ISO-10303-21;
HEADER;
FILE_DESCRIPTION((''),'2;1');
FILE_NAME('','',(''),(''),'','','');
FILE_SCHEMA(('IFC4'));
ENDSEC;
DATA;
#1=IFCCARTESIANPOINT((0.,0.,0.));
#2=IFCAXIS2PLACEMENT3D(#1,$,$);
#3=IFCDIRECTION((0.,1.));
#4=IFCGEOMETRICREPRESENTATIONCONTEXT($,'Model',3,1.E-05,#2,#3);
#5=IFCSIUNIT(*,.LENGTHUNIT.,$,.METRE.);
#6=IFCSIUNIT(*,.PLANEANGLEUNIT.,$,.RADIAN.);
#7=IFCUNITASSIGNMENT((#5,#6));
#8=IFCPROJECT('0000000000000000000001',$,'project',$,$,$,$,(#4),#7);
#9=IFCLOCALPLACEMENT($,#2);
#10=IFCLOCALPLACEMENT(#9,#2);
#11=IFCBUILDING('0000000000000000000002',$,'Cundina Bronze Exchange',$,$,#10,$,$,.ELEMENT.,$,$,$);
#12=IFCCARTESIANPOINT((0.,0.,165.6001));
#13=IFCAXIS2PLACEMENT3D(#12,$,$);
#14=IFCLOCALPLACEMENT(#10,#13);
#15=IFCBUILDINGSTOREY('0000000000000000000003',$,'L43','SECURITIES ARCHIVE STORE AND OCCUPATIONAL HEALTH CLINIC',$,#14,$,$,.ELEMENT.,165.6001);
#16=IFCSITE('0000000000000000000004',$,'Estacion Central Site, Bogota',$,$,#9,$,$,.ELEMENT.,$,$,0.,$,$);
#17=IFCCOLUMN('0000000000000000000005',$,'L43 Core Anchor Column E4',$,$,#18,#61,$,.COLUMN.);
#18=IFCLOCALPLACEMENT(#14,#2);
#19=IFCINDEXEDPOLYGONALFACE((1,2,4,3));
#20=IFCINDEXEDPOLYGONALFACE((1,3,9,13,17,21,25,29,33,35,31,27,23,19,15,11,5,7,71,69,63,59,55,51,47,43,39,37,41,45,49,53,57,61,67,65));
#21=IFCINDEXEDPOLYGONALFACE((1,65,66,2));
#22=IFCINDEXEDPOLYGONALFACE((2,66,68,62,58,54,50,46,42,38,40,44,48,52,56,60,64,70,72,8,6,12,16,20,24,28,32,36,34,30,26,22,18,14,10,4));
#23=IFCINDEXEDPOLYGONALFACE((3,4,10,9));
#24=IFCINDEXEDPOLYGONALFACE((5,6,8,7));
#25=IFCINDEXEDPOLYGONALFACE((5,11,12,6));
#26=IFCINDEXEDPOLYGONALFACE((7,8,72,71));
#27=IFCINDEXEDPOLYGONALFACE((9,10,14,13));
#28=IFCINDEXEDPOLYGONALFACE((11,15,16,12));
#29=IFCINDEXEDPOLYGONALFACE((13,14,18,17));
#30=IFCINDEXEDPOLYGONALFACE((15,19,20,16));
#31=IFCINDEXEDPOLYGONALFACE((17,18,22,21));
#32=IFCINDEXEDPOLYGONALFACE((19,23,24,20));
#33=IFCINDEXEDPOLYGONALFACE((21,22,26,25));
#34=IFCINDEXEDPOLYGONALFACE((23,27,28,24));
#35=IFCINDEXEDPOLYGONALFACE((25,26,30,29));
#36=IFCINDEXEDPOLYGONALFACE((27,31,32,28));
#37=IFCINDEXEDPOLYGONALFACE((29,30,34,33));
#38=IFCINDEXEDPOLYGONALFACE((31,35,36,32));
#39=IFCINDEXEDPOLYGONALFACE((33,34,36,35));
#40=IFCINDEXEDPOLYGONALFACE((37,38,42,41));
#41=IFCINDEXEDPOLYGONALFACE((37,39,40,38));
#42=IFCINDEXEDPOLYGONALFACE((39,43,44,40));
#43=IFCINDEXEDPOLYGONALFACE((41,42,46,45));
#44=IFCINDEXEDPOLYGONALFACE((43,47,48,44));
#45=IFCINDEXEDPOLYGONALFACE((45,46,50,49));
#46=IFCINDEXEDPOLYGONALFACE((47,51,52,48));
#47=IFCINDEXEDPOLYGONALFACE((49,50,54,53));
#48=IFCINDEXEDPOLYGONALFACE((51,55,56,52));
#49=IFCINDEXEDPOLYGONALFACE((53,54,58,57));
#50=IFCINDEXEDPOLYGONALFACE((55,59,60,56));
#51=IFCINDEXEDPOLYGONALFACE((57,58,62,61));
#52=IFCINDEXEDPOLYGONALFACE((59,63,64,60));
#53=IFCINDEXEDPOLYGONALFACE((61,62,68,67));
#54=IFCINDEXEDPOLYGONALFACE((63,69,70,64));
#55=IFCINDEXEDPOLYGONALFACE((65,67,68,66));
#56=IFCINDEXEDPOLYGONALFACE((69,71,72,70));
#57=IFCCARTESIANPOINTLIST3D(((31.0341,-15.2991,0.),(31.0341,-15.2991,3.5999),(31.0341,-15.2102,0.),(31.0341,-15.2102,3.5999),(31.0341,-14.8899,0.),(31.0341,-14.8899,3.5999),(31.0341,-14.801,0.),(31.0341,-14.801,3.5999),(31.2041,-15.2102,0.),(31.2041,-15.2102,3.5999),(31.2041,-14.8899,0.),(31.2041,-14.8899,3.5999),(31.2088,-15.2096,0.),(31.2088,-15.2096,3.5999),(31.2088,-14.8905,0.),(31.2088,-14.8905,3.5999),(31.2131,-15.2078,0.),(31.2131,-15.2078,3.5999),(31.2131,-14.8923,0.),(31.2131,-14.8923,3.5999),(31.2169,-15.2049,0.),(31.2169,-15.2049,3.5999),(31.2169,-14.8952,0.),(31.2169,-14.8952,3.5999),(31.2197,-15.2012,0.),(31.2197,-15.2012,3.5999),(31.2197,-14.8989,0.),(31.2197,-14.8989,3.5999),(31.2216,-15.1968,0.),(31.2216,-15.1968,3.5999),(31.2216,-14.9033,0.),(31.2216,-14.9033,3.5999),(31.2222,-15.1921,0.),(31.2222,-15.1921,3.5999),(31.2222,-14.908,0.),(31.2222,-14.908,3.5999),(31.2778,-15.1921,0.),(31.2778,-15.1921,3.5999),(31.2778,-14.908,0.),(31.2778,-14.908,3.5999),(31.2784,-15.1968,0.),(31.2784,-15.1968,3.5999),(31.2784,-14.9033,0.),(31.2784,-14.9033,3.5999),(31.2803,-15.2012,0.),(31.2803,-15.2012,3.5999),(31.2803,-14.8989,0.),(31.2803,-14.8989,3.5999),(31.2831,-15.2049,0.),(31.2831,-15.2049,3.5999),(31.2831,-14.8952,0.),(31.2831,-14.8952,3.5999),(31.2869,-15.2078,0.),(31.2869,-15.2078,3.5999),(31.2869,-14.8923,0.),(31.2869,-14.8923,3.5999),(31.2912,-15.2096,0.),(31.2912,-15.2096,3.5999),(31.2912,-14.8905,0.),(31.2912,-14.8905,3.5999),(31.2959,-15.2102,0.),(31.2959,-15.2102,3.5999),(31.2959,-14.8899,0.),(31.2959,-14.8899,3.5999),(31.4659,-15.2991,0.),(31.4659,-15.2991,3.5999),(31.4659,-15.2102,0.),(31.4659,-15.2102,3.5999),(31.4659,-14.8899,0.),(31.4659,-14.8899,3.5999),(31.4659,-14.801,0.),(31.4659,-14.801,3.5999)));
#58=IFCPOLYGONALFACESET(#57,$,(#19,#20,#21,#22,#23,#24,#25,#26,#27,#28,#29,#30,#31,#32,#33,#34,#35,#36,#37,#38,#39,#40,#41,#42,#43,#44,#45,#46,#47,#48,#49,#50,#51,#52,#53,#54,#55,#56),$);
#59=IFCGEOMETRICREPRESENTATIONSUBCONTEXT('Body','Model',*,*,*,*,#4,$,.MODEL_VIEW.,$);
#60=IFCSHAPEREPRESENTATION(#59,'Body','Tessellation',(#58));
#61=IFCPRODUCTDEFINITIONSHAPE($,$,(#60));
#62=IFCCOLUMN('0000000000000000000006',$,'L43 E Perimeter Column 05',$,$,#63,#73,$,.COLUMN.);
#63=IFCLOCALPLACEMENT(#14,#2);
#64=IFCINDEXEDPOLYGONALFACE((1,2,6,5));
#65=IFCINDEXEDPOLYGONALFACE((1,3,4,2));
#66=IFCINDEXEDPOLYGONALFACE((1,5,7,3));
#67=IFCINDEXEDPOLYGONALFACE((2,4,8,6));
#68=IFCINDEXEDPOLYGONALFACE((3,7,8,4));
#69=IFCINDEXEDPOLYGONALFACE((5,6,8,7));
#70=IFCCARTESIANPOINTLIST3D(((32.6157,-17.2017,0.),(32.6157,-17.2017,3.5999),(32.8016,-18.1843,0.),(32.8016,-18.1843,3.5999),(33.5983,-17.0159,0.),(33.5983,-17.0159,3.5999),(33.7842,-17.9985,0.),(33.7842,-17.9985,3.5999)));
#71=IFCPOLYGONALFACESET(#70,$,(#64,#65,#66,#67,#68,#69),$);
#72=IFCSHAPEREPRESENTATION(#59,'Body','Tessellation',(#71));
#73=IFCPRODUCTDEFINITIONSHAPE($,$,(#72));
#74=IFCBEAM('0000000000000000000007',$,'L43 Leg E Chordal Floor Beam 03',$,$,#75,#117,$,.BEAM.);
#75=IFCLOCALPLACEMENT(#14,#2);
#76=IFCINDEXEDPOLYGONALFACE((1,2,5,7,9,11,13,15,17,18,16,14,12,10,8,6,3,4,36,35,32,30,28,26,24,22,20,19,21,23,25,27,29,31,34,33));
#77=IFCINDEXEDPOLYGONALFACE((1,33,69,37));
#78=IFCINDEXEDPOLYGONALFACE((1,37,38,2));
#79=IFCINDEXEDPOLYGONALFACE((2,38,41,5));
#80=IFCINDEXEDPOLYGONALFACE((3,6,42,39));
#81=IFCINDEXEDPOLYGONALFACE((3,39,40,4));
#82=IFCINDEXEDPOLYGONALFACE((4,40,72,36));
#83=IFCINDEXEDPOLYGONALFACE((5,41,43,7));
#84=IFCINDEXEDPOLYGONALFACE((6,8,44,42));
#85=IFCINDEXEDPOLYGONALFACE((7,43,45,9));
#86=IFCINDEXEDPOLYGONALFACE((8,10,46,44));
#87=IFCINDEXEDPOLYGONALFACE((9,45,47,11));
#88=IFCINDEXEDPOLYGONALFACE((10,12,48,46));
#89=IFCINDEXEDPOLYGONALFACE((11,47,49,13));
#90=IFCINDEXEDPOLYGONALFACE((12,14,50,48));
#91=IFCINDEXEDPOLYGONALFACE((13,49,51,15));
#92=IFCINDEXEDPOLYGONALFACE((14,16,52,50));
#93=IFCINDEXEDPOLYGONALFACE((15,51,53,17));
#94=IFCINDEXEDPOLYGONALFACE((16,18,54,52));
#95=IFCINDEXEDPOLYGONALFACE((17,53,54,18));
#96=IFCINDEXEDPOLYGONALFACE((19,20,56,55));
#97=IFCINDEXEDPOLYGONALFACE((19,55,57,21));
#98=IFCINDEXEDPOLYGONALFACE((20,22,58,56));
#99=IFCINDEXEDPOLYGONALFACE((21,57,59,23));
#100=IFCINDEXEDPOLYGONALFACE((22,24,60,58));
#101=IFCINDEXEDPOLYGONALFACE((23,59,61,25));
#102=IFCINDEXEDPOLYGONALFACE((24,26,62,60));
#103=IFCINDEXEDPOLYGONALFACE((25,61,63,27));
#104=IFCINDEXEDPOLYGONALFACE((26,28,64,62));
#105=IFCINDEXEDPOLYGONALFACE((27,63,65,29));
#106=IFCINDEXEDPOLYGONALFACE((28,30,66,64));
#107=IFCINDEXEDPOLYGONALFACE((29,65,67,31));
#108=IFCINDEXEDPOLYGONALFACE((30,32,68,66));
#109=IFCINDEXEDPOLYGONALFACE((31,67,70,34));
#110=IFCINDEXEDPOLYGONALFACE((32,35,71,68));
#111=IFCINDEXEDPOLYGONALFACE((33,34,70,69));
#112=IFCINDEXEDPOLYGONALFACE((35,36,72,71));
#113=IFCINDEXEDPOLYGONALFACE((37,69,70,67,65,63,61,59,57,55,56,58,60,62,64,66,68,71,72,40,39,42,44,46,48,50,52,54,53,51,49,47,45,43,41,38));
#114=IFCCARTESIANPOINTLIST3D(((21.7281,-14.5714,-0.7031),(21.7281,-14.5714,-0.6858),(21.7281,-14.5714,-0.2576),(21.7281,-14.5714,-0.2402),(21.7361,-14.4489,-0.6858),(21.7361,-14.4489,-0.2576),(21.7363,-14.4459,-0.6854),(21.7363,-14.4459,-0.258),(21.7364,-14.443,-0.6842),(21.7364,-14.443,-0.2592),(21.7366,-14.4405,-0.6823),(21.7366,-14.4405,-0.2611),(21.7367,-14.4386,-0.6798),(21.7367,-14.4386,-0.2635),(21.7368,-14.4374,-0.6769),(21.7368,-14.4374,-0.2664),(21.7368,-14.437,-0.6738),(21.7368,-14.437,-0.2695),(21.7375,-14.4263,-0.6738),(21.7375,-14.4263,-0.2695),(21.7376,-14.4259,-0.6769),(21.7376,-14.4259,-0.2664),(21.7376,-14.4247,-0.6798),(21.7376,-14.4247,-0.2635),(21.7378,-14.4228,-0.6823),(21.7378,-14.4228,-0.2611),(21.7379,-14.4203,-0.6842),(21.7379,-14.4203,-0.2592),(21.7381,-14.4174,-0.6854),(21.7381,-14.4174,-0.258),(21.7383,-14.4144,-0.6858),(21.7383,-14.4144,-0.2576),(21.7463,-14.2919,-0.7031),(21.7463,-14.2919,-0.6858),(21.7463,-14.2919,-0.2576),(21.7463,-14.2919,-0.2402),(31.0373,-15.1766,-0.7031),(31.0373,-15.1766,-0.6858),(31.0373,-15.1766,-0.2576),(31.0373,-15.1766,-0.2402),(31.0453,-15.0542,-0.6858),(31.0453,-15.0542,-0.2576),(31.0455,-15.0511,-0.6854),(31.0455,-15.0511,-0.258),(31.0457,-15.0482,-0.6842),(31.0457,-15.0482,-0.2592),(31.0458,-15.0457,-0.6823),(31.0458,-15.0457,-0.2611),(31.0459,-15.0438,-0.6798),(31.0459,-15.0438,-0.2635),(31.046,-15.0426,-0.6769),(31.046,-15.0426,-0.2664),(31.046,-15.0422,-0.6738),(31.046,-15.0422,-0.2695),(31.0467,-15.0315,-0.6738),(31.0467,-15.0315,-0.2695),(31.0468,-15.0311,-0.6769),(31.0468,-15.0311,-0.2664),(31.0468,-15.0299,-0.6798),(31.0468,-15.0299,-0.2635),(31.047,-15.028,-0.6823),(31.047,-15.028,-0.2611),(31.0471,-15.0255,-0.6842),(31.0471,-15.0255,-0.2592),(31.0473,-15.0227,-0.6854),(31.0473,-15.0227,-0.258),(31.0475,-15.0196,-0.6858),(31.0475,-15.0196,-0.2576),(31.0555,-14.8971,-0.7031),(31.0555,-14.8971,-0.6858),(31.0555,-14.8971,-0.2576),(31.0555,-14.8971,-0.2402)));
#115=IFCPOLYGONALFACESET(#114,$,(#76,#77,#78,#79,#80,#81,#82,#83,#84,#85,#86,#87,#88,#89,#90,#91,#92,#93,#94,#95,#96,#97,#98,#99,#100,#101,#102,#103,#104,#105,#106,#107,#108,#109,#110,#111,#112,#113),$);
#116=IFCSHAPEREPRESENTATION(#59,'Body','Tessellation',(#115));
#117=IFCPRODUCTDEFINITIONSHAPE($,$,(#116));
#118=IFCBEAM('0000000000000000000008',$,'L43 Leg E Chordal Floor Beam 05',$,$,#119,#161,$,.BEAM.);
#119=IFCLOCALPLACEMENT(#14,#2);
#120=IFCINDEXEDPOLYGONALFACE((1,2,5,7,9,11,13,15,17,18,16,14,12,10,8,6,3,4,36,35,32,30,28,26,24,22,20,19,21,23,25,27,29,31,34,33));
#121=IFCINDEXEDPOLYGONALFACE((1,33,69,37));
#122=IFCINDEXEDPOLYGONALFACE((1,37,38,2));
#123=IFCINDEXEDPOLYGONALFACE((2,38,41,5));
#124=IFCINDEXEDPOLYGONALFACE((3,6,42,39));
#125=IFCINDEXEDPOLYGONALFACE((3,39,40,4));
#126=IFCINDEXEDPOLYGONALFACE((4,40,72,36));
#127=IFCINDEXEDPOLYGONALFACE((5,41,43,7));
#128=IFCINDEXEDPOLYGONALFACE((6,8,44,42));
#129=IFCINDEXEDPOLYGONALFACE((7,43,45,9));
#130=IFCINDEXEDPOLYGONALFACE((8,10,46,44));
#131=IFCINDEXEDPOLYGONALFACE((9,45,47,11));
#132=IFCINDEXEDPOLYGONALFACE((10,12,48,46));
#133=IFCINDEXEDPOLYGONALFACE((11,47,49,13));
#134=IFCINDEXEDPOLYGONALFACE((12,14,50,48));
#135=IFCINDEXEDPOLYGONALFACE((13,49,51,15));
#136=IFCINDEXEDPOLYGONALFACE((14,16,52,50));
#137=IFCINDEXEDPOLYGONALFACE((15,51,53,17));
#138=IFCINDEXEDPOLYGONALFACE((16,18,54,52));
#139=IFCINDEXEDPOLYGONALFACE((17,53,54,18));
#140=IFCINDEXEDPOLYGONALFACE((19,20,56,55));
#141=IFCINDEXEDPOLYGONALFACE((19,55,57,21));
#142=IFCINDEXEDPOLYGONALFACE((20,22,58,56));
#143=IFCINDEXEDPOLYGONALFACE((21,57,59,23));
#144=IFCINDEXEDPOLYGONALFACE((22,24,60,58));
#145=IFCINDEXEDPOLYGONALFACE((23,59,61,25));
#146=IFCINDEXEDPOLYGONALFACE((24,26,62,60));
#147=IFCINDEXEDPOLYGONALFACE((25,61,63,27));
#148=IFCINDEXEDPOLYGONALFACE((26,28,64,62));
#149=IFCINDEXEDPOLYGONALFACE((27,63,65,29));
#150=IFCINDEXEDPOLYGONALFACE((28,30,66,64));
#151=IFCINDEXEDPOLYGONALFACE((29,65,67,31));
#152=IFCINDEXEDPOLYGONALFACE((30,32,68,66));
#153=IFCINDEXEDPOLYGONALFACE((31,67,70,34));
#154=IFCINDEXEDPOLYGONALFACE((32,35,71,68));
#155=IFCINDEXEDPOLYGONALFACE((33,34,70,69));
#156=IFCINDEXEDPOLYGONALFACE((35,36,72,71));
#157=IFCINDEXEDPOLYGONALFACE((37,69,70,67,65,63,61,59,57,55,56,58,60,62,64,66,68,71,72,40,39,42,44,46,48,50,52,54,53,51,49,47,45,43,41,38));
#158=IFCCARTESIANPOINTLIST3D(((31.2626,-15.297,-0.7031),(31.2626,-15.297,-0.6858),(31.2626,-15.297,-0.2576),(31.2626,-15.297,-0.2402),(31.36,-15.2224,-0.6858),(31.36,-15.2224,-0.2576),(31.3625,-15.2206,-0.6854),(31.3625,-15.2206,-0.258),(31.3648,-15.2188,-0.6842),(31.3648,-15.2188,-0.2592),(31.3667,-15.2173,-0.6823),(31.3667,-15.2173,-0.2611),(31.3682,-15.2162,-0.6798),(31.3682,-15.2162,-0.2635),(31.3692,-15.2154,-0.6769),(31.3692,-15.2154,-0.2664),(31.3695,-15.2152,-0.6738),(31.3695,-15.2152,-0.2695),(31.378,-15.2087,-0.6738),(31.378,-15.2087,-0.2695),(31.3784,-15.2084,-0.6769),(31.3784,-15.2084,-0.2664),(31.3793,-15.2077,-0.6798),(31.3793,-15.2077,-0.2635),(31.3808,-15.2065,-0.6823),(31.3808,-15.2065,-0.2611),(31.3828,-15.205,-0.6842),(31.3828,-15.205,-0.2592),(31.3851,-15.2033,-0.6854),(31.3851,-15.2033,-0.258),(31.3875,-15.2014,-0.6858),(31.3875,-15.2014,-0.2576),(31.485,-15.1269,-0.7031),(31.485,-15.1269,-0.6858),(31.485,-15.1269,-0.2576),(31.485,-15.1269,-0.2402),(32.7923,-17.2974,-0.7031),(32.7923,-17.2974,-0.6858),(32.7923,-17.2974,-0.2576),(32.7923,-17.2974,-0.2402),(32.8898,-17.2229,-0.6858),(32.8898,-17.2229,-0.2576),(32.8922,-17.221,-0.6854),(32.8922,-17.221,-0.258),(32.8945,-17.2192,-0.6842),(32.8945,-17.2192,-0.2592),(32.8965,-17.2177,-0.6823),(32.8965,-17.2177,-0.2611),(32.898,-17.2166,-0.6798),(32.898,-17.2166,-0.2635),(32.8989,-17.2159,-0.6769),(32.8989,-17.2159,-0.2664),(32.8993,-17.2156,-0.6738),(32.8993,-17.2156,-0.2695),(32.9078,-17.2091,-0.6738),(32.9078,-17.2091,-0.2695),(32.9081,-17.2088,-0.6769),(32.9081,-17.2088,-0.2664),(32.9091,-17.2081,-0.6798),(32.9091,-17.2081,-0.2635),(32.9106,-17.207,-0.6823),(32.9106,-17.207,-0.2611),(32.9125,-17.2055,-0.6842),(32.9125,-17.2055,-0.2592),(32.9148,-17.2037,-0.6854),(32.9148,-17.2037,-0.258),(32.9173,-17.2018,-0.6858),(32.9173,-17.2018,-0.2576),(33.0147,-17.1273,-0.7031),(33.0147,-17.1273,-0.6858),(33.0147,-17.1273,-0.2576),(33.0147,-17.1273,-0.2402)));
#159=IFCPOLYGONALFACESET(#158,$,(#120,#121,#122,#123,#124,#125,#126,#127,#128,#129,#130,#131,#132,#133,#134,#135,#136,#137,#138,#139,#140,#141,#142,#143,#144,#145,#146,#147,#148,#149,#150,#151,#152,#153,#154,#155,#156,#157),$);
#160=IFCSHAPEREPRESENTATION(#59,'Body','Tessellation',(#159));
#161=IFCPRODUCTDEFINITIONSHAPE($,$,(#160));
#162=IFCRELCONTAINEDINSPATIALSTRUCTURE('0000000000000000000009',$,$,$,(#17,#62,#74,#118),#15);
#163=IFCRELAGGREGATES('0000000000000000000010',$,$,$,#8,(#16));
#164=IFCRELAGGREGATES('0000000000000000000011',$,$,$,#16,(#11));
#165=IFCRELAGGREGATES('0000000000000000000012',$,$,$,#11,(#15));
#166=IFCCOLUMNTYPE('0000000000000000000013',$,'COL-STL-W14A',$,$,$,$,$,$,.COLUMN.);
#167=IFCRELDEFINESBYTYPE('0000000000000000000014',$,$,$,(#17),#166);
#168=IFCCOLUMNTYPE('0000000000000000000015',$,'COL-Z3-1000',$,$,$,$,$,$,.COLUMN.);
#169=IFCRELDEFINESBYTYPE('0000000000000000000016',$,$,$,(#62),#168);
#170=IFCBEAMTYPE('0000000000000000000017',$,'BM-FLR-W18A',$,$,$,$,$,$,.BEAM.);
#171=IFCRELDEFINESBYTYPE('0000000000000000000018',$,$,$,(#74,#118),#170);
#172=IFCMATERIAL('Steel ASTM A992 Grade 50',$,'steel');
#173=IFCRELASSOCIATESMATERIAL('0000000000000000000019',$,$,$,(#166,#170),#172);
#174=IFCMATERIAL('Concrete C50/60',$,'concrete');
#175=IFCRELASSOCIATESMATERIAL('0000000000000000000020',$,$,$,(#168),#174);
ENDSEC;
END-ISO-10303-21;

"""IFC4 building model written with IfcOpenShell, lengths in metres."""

from ifc_helpers import new_model, si_unit, direction, frame, origin, origin_2d, place, context, subcontext, project, spatial, rectangle, i_section, extrude, material, material_profile, profile_set, type_object, element, save


model = new_model("IFC4")

# Units and contexts
model_context = context("Model", 3, precision=1e-05, world=origin(), true_north=direction((0.0, 1.0)))
body_context = subcontext(model_context, "Body", "Model", "MODEL_VIEW")
ifc_project = project(units=[si_unit("LENGTHUNIT", "METRE"), si_unit("PLANEANGLEUNIT", "RADIAN")], contexts=[model_context])

# Site, building, storey
site_placement = place(None, origin())
site = spatial("IfcSite", under=ifc_project, at=site_placement, Name="Estacion Central Site, Bogota", CompositionType="ELEMENT", RefElevation=0.0)
building_placement = place(site_placement, origin())
building = spatial("IfcBuilding", under=site, at=building_placement, Name="Cundina Bronze Exchange", CompositionType="ELEMENT")
storey_placement = place(building_placement, frame((0.0, 0.0, 165.6001)))
storey = spatial("IfcBuildingStorey", under=building, at=storey_placement, Name="L43", Description="SECURITIES ARCHIVE STORE AND OCCUPATIONAL HEALTH CLINIC", CompositionType="ELEMENT", Elevation=165.6001)

# Columns
ifc_material_1 = material(Name="Steel ASTM A992 Grade 50", Category="steel")
ifc_material_profile_1 = material_profile(ifc_material_1, i_section(OverallWidth=0.4319, OverallDepth=0.498, WebThickness=0.0557, FlangeThickness=0.0889, FilletRadius=0.0181, at=origin_2d()), Name="W14X500", Category="steel")
ifc_profile_set_1 = profile_set([ifc_material_profile_1], Name="Steel ASTM A992 Grade 50")
column_type_1 = type_object("IfcColumnType", Name="COL-STL-W14A", PredefinedType="COLUMN", material=ifc_profile_set_1)
column_1_placement = place(storey_placement, frame((31.25, -15.05, 0.0), z_axis=(0.0, 0.0, 1.0), x_axis=(1.0, 0.0, 0.0)))
element("IfcColumn", 1, at=column_1_placement, inside=storey, type_object=column_type_1, Name="L43 Core Anchor Column E4", PredefinedType="COLUMN", context=body_context, shape_type="SweptSolid", body=[
    extrude(i_section(OverallWidth=0.4319, OverallDepth=0.498, WebThickness=0.0557, FlangeThickness=0.0889, FilletRadius=0.0181, at=origin_2d()), origin(), (0.0, 0.0, 1.0), 3.5999),
])
ifc_material_2 = material(Name="Concrete C50/60", Category="concrete")
ifc_material_profile_2 = material_profile(ifc_material_2, rectangle(XDim=1.0, YDim=1.0, at=origin_2d()), Name="RC1000X1000", Category="concrete")
ifc_profile_set_2 = profile_set([ifc_material_profile_2], Name="Concrete C50/60")
column_type_2 = type_object("IfcColumnType", Name="COL-Z3-1000", PredefinedType="COLUMN", material=ifc_profile_set_2)
column_2_placement = place(storey_placement, frame((33.2, -17.6001, 0.0), z_axis=(0.0, 0.0, 1.0), x_axis=(0.98258, 0.185838, 0.0)))
element("IfcColumn", 2, at=column_2_placement, inside=storey, type_object=column_type_2, Name="L43 E Perimeter Column 05", PredefinedType="COLUMN", context=body_context, shape_type="SweptSolid", body=[
    extrude(rectangle(XDim=1.0, YDim=1.0, at=origin_2d()), origin(), (0.0, 0.0, 1.0), 3.5999),
])

# Beams
ifc_material_profile_3 = material_profile(ifc_material_1, i_section(OverallWidth=0.28, OverallDepth=0.4629, WebThickness=0.0107, FlangeThickness=0.0173, FilletRadius=0.012, at=origin_2d()), Name="W18X76", Category="steel")
ifc_profile_set_3 = profile_set([ifc_material_profile_3], Name="Steel ASTM A992 Grade 50")
beam_type_1 = type_object("IfcBeamType", Name="BM-FLR-W18A", PredefinedType="BEAM", material=ifc_profile_set_3)
beam_1_placement = place(storey_placement, frame((31.0464, -15.0369, -0.4717), z_axis=(-0.997893, 0.064876, 0.0), x_axis=(-0.064876, -0.997893, 0.0)))
element("IfcBeam", 3, at=beam_1_placement, inside=storey, type_object=beam_type_1, Name="L43 Leg E Chordal Floor Beam 03", PredefinedType="BEAM", context=body_context, shape_type="SweptSolid", body=[
    extrude(i_section(OverallWidth=0.28, OverallDepth=0.4629, WebThickness=0.0107, FlangeThickness=0.0173, FilletRadius=0.012, at=origin_2d()), origin(), (0.0, 0.0, 1.0), 9.3289),
])
beam_2_placement = place(storey_placement, frame((31.3738, -15.2119, -0.4717), z_axis=(0.60745, -0.794358, 0.0), x_axis=(0.794358, 0.60745, 0.0)))
element("IfcBeam", 4, at=beam_2_placement, inside=storey, type_object=beam_type_1, Name="L43 Leg E Chordal Floor Beam 05", PredefinedType="BEAM", context=body_context, shape_type="SweptSolid", body=[
    extrude(i_section(OverallWidth=0.28, OverallDepth=0.4629, WebThickness=0.0107, FlangeThickness=0.0173, FilletRadius=0.012, at=origin_2d()), origin(), (0.0, 0.0, 1.0), 2.5183),
])

save(model, "model.ifc")
